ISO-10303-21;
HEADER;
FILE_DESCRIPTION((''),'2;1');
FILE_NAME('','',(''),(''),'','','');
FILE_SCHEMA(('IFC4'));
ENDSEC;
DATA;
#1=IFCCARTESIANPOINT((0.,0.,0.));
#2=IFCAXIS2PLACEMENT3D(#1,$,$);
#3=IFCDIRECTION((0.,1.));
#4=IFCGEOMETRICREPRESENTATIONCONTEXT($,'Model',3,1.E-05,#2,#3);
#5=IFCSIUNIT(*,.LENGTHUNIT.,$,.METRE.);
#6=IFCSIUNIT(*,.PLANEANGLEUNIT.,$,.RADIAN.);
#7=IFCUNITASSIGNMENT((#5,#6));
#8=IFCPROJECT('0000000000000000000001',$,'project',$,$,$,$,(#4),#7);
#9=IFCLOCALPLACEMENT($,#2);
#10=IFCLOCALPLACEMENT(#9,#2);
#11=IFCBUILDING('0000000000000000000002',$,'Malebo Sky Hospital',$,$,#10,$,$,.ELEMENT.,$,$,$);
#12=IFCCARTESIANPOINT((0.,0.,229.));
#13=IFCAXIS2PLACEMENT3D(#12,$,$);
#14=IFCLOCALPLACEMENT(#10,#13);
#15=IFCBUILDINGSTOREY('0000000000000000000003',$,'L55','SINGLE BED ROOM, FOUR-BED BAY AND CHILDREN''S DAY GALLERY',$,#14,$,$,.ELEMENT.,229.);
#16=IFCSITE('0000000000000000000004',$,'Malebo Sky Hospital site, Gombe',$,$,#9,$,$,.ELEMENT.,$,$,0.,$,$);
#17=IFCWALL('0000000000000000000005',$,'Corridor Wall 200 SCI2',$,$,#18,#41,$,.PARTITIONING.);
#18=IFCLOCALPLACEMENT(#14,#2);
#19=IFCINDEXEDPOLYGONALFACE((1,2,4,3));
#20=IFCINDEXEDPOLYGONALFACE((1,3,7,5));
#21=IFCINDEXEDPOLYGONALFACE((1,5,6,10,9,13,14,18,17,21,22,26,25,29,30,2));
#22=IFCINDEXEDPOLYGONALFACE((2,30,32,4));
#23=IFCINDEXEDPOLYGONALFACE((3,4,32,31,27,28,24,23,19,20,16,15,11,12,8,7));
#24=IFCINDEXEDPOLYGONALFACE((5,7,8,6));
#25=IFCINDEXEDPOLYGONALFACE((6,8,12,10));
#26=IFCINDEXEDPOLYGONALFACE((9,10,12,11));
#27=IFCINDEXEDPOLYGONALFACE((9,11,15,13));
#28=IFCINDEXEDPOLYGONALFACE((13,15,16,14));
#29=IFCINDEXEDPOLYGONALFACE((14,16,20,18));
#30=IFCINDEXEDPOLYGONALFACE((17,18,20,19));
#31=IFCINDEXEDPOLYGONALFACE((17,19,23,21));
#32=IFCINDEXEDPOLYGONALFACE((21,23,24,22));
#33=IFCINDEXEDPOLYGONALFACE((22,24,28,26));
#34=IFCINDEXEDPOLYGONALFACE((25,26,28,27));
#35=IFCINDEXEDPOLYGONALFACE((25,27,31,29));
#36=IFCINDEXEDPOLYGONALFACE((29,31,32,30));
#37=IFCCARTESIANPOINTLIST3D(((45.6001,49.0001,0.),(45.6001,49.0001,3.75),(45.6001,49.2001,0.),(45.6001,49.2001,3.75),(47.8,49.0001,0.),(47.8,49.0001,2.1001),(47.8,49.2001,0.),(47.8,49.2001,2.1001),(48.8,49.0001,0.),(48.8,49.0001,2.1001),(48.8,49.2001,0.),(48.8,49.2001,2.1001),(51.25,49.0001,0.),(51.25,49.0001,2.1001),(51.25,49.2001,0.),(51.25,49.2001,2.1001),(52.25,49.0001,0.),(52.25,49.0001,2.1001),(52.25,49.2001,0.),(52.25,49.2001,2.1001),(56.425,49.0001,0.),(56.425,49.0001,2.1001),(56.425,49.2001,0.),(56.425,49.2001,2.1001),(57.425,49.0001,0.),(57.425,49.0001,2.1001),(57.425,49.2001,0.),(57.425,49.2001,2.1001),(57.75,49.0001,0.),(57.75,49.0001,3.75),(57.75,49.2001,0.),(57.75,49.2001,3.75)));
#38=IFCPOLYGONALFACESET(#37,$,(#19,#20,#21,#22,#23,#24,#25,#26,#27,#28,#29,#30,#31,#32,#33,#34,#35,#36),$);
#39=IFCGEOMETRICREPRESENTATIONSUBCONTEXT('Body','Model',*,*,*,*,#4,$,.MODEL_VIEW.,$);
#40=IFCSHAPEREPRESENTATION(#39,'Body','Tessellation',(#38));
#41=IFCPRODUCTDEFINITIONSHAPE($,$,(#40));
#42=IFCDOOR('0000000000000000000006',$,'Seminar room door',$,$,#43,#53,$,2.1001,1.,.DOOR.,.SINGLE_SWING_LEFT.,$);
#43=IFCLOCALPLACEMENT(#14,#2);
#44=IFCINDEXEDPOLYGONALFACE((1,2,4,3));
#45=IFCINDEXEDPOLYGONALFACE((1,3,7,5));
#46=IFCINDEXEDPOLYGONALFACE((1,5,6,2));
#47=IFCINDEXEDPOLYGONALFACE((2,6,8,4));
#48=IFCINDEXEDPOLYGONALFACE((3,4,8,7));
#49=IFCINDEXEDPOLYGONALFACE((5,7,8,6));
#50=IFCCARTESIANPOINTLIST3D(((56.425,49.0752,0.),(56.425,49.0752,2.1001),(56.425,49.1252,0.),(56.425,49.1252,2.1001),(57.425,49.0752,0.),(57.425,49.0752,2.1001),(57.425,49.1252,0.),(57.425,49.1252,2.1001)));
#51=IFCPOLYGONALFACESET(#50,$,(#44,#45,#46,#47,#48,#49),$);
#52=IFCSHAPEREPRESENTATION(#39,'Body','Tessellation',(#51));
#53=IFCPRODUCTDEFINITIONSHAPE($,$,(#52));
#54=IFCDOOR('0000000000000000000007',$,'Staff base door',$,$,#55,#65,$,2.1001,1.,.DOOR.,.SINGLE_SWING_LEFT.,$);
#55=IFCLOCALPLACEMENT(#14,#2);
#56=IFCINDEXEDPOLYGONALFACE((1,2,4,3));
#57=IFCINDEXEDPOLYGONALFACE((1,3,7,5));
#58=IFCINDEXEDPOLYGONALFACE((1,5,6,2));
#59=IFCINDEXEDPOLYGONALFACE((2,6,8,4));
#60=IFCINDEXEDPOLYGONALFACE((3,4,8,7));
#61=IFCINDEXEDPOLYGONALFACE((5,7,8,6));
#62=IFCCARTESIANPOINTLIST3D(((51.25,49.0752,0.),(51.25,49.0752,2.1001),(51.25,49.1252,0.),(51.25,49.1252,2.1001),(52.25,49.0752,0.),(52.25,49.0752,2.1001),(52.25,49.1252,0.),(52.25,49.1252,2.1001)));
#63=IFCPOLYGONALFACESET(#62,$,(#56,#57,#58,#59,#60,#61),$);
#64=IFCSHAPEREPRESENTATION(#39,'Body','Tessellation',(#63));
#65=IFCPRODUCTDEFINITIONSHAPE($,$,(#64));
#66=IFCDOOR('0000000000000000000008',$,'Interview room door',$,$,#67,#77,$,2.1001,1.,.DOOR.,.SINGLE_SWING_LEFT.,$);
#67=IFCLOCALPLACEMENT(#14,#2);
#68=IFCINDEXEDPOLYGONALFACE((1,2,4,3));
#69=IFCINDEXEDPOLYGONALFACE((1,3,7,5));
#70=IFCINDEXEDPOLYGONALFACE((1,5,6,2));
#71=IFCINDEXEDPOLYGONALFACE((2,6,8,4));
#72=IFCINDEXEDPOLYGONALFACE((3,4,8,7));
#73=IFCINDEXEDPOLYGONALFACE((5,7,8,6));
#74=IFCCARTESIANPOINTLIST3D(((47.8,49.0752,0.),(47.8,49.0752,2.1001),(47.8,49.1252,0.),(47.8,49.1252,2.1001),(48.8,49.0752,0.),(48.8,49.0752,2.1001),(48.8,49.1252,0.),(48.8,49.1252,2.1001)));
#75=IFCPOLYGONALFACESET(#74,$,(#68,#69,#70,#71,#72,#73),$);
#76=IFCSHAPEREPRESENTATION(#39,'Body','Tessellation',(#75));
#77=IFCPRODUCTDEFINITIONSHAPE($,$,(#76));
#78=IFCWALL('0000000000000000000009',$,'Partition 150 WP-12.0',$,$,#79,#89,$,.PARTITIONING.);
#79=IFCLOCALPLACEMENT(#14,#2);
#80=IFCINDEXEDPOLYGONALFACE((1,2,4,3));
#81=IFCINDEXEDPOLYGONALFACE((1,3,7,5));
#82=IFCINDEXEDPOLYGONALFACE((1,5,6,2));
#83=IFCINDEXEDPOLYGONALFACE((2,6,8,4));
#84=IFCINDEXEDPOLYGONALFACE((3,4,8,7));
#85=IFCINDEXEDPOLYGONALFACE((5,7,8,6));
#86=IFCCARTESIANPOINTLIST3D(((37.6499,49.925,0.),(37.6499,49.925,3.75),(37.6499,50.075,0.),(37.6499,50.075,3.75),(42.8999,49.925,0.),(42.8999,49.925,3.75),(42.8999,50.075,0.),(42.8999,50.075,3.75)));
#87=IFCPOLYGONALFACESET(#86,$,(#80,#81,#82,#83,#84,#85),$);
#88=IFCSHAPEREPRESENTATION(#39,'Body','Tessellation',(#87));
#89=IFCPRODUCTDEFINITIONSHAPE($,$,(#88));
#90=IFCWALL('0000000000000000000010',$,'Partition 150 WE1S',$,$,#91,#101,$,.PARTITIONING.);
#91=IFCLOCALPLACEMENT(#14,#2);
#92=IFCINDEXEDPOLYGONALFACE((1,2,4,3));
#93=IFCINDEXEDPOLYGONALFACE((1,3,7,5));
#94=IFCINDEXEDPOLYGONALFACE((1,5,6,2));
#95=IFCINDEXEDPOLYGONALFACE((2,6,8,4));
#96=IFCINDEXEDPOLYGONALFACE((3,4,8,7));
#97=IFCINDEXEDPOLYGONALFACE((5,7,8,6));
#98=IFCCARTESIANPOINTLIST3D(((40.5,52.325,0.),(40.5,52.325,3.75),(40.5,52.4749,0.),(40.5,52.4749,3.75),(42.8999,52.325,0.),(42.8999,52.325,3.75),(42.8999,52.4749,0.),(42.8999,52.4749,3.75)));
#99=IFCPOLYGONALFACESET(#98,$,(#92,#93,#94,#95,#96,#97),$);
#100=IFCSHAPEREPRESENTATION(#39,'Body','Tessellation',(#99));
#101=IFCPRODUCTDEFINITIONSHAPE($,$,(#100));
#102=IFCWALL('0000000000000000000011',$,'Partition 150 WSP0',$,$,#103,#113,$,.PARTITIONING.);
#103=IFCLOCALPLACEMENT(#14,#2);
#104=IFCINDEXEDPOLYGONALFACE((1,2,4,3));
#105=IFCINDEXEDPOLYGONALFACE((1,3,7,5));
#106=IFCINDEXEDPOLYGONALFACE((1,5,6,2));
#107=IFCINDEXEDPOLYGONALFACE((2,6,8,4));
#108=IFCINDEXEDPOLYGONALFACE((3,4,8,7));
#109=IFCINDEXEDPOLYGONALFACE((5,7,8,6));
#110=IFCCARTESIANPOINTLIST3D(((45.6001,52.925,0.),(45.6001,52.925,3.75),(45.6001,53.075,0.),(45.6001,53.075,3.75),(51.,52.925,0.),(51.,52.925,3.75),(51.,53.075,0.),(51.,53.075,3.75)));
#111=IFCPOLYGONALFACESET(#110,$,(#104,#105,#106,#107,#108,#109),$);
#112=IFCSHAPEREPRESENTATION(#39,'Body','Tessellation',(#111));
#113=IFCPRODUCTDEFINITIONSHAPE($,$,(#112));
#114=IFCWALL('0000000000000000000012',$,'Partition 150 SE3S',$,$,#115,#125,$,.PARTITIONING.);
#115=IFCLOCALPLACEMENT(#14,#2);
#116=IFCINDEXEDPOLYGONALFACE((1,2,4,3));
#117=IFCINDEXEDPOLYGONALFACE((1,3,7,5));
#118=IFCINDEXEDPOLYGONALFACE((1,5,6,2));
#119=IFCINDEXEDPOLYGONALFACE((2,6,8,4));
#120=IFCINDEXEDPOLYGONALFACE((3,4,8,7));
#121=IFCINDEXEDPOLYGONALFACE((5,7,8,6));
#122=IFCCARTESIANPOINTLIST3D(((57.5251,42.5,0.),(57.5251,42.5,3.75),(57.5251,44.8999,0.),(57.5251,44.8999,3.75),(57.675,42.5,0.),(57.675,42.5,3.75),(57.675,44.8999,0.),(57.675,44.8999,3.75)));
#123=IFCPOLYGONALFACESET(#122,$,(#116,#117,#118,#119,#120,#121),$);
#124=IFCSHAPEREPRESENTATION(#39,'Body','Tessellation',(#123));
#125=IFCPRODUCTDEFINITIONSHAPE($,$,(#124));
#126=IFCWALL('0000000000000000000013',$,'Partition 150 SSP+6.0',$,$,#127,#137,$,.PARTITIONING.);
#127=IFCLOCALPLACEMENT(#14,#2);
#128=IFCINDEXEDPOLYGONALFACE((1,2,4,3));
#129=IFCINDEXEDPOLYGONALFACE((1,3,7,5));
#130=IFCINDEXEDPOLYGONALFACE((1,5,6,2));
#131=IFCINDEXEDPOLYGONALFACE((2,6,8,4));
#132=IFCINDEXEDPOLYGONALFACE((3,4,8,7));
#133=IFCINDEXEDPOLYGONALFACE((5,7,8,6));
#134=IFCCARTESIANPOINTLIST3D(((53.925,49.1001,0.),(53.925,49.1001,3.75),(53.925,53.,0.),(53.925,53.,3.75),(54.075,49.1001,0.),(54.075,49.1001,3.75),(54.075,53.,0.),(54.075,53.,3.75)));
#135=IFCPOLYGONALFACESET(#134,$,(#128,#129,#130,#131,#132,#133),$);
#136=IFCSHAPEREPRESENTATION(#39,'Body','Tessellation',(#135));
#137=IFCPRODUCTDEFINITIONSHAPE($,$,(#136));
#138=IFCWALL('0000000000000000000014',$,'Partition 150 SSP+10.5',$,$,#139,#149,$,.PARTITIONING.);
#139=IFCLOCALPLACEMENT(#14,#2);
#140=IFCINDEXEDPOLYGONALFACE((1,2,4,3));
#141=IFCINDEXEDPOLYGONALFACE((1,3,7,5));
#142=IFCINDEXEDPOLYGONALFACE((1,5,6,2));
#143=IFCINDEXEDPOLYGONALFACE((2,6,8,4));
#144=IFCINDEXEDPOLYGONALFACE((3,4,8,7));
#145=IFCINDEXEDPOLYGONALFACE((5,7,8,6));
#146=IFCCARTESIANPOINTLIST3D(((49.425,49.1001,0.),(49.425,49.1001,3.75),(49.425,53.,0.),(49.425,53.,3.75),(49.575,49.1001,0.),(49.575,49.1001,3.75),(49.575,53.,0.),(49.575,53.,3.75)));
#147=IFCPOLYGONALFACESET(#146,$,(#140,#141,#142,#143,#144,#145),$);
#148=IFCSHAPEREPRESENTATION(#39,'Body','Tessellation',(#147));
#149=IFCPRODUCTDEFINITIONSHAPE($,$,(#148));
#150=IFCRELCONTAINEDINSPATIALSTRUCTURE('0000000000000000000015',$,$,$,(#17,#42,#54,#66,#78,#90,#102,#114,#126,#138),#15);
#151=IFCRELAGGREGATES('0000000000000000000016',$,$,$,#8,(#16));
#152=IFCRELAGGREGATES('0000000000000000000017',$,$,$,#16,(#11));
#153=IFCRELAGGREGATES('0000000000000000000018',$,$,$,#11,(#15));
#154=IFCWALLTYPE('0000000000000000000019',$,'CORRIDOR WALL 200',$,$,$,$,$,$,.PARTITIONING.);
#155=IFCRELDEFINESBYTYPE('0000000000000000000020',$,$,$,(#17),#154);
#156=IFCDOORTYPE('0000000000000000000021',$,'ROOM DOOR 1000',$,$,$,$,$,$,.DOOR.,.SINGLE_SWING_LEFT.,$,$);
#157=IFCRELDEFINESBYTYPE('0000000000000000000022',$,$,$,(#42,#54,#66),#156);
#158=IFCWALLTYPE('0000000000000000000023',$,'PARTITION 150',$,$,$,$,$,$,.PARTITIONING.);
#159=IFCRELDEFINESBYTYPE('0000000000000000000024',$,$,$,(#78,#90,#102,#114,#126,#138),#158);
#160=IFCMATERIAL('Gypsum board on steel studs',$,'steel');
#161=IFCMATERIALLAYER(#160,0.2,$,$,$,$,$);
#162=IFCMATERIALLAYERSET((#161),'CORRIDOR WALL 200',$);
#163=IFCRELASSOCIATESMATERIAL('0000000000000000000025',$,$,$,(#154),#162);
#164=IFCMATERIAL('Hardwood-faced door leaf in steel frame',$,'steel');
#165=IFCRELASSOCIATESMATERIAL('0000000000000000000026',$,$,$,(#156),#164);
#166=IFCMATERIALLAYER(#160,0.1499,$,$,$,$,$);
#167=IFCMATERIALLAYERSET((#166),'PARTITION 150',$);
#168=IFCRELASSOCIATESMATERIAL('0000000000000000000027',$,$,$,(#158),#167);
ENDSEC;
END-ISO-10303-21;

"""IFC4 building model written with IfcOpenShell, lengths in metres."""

from ifc_helpers import new_model, si_unit, direction, frame, frame_2d, origin, place, context, subcontext, project, spatial, rectangle, extrude, material, layer, layer_set, type_object, element, fill, save


model = new_model("IFC4")

# Units and contexts
model_context = context("Model", 3, precision=1e-05, world=origin(), true_north=direction((0.0, 1.0)))
body_context = subcontext(model_context, "Body", "Model", "MODEL_VIEW")
ifc_project = project(units=[si_unit("LENGTHUNIT", "METRE"), si_unit("PLANEANGLEUNIT", "RADIAN")], contexts=[model_context])

# Site, building, storey
site_placement = place(None, origin())
site = spatial("IfcSite", under=ifc_project, at=site_placement, Name="Malebo Sky Hospital site, Gombe", CompositionType="ELEMENT", RefElevation=0.0)
building_placement = place(site_placement, origin())
building = spatial("IfcBuilding", under=site, at=building_placement, Name="Malebo Sky Hospital", CompositionType="ELEMENT")
storey_placement = place(building_placement, frame((0.0, 0.0, 229.0)))
storey = spatial("IfcBuildingStorey", under=building, at=storey_placement, Name="L55", Description="SINGLE BED ROOM, FOUR-BED BAY AND CHILDREN'S DAY GALLERY", CompositionType="ELEMENT", Elevation=229.0)

# Wall, openings, doors
ifc_material_1 = material(Name="Gypsum board on steel studs", Category="steel")
ifc_layer_1 = layer(ifc_material_1, 0.2)
ifc_layer_set_1 = layer_set([ifc_layer_1], Name="CORRIDOR WALL 200")
wall_type_1 = type_object("IfcWallType", Name="CORRIDOR WALL 200", PredefinedType="PARTITIONING", material=ifc_layer_set_1)
ifc_material_2 = material(Name="Hardwood-faced door leaf in steel frame", Category="steel")
wall_1_placement = place(storey_placement, frame((57.75, 49.1001, 0.0), z_axis=(0.0, 0.0, 1.0), x_axis=(-1.0, 0.0, 0.0)))
wall_1 = element("IfcWall", 1, at=wall_1_placement, inside=storey, type_object=wall_type_1, Name="Corridor Wall 200 SCI2", PredefinedType="PARTITIONING", context=body_context, shape_type="SweptSolid", body=[
    extrude(rectangle(XDim=12.1499, YDim=0.2, at=frame_2d((6.075, 0.0))), origin(), (0.0, 0.0, 1.0), 3.75),
])
opening_1_placement = place(wall_1_placement, frame((0.325, 0.0, 0.0)))
opening_1 = element("IfcOpeningElement", 2, at=opening_1_placement, cuts=wall_1, PredefinedType="OPENING", context=body_context, shape_type="SweptSolid", body=[
    extrude(rectangle(XDim=1.0, YDim=2.1001, at=frame_2d((0.5, 1.05))), frame((0.0, 0.1099, 0.0), z_axis=(0.0, -1.0, 0.0), x_axis=(1.0, 0.0, 0.0)), (0.0, 0.0, 1.0), 0.22),
])
opening_2_placement = place(wall_1_placement, frame((5.5, 0.0, 0.0)))
opening_2 = element("IfcOpeningElement", 3, at=opening_2_placement, cuts=wall_1, PredefinedType="OPENING", context=body_context, shape_type="SweptSolid", body=[
    extrude(rectangle(XDim=1.0, YDim=2.1001, at=frame_2d((0.5, 1.05))), frame((0.0, 0.1099, 0.0), z_axis=(0.0, -1.0, 0.0), x_axis=(1.0, 0.0, 0.0)), (0.0, 0.0, 1.0), 0.22),
])
opening_3_placement = place(wall_1_placement, frame((8.95, 0.0, 0.0)))
opening_3 = element("IfcOpeningElement", 4, at=opening_3_placement, cuts=wall_1, PredefinedType="OPENING", context=body_context, shape_type="SweptSolid", body=[
    extrude(rectangle(XDim=1.0, YDim=2.1001, at=frame_2d((0.5, 1.05))), frame((0.0, 0.1099, 0.0), z_axis=(0.0, -1.0, 0.0), x_axis=(1.0, 0.0, 0.0)), (0.0, 0.0, 1.0), 0.22),
])
door_type_1 = type_object("IfcDoorType", Name="ROOM DOOR 1000", OperationType="SINGLE_SWING_LEFT", PredefinedType="DOOR", material=ifc_material_2)
door_1_placement = place(opening_1_placement, origin())
door_1 = element("IfcDoor", 5, at=door_1_placement, inside=storey, type_object=door_type_1, Name="Seminar room door", OperationType="SINGLE_SWING_LEFT", OverallHeight=2.1001, OverallWidth=1.0, PredefinedType="DOOR", context=body_context, shape_type="SweptSolid", body=[
    extrude(rectangle(XDim=1.0, YDim=2.1001, at=frame_2d((0.5, 1.05))), frame((0.0, 0.0249, 0.0), z_axis=(0.0, -1.0, 0.0), x_axis=(1.0, 0.0, 0.0)), (0.0, 0.0, 1.0), 0.05),
])
fill(opening_1, door_1)
door_2_placement = place(opening_2_placement, origin())
door_2 = element("IfcDoor", 6, at=door_2_placement, inside=storey, type_object=door_type_1, Name="Staff base door", OperationType="SINGLE_SWING_LEFT", OverallHeight=2.1001, OverallWidth=1.0, PredefinedType="DOOR", context=body_context, shape_type="SweptSolid", body=[
    extrude(rectangle(XDim=1.0, YDim=2.1001, at=frame_2d((0.5, 1.05))), frame((0.0, 0.0249, 0.0), z_axis=(0.0, -1.0, 0.0), x_axis=(1.0, 0.0, 0.0)), (0.0, 0.0, 1.0), 0.05),
])
fill(opening_2, door_2)
door_3_placement = place(opening_3_placement, origin())
door_3 = element("IfcDoor", 7, at=door_3_placement, inside=storey, type_object=door_type_1, Name="Interview room door", OperationType="SINGLE_SWING_LEFT", OverallHeight=2.1001, OverallWidth=1.0, PredefinedType="DOOR", context=body_context, shape_type="SweptSolid", body=[
    extrude(rectangle(XDim=1.0, YDim=2.1001, at=frame_2d((0.5, 1.05))), frame((0.0, 0.0249, 0.0), z_axis=(0.0, -1.0, 0.0), x_axis=(1.0, 0.0, 0.0)), (0.0, 0.0, 1.0), 0.05),
])
fill(opening_3, door_3)

# Walls
ifc_layer_2 = layer(ifc_material_1, 0.1499)
ifc_layer_set_2 = layer_set([ifc_layer_2], Name="PARTITION 150")
wall_type_2 = type_object("IfcWallType", Name="PARTITION 150", PredefinedType="PARTITIONING", material=ifc_layer_set_2)
wall_2_placement = place(storey_placement, frame((42.8999, 50.0, 0.0), z_axis=(0.0, 0.0, 1.0), x_axis=(-1.0, 0.0, 0.0)))
element("IfcWall", 8, at=wall_2_placement, inside=storey, type_object=wall_type_2, Name="Partition 150 WP-12.0", PredefinedType="PARTITIONING", context=body_context, shape_type="SweptSolid", body=[
    extrude(rectangle(XDim=5.25, YDim=0.1499, at=frame_2d((2.625, 0.0))), origin(), (0.0, 0.0, 1.0), 3.75),
])
wall_3_placement = place(storey_placement, frame((42.8999, 52.3999, 0.0), z_axis=(0.0, 0.0, 1.0), x_axis=(-1.0, 0.0, 0.0)))
element("IfcWall", 9, at=wall_3_placement, inside=storey, type_object=wall_type_2, Name="Partition 150 WE1S", PredefinedType="PARTITIONING", context=body_context, shape_type="SweptSolid", body=[
    extrude(rectangle(XDim=2.3999, YDim=0.1499, at=frame_2d((1.2, 0.0))), origin(), (0.0, 0.0, 1.0), 3.75),
])
wall_4_placement = place(storey_placement, frame((51.0, 53.0, 0.0), z_axis=(0.0, 0.0, 1.0), x_axis=(-1.0, 0.0, 0.0)))
element("IfcWall", 10, at=wall_4_placement, inside=storey, type_object=wall_type_2, Name="Partition 150 WSP0", PredefinedType="PARTITIONING", context=body_context, shape_type="SweptSolid", body=[
    extrude(rectangle(XDim=5.3999, YDim=0.1499, at=frame_2d((2.7, 0.0))), origin(), (0.0, 0.0, 1.0), 3.75),
])
wall_5_placement = place(storey_placement, frame((57.6001, 44.8999, 0.0), z_axis=(0.0, 0.0, 1.0), x_axis=(0.0, -1.0, 0.0)))
element("IfcWall", 11, at=wall_5_placement, inside=storey, type_object=wall_type_2, Name="Partition 150 SE3S", PredefinedType="PARTITIONING", context=body_context, shape_type="SweptSolid", body=[
    extrude(rectangle(XDim=2.3999, YDim=0.1499, at=frame_2d((1.2, 0.0))), origin(), (0.0, 0.0, 1.0), 3.75),
])
for number, where, z_axis, x_axis, name in (
    (12, (54.0, 53.0, 0.0), (0.0, 0.0, 1.0), (0.0, -1.0, 0.0), "Partition 150 SSP+6.0"),
    (13, (49.5, 53.0, 0.0), (0.0, 0.0, 1.0), (0.0, -1.0, 0.0), "Partition 150 SSP+10.5"),
):
    element("IfcWall", number, at=place(storey_placement, frame(where, z_axis=z_axis, x_axis=x_axis)), inside=storey, type_object=wall_type_2, Name=name, PredefinedType="PARTITIONING", context=body_context, shape_type="SweptSolid", body=[
        extrude(rectangle(XDim=3.8999, YDim=0.1499, at=frame_2d((1.95, 0.0))), origin(), (0.0, 0.0, 1.0), 3.75),
    ])

save(model, "model.ifc")
